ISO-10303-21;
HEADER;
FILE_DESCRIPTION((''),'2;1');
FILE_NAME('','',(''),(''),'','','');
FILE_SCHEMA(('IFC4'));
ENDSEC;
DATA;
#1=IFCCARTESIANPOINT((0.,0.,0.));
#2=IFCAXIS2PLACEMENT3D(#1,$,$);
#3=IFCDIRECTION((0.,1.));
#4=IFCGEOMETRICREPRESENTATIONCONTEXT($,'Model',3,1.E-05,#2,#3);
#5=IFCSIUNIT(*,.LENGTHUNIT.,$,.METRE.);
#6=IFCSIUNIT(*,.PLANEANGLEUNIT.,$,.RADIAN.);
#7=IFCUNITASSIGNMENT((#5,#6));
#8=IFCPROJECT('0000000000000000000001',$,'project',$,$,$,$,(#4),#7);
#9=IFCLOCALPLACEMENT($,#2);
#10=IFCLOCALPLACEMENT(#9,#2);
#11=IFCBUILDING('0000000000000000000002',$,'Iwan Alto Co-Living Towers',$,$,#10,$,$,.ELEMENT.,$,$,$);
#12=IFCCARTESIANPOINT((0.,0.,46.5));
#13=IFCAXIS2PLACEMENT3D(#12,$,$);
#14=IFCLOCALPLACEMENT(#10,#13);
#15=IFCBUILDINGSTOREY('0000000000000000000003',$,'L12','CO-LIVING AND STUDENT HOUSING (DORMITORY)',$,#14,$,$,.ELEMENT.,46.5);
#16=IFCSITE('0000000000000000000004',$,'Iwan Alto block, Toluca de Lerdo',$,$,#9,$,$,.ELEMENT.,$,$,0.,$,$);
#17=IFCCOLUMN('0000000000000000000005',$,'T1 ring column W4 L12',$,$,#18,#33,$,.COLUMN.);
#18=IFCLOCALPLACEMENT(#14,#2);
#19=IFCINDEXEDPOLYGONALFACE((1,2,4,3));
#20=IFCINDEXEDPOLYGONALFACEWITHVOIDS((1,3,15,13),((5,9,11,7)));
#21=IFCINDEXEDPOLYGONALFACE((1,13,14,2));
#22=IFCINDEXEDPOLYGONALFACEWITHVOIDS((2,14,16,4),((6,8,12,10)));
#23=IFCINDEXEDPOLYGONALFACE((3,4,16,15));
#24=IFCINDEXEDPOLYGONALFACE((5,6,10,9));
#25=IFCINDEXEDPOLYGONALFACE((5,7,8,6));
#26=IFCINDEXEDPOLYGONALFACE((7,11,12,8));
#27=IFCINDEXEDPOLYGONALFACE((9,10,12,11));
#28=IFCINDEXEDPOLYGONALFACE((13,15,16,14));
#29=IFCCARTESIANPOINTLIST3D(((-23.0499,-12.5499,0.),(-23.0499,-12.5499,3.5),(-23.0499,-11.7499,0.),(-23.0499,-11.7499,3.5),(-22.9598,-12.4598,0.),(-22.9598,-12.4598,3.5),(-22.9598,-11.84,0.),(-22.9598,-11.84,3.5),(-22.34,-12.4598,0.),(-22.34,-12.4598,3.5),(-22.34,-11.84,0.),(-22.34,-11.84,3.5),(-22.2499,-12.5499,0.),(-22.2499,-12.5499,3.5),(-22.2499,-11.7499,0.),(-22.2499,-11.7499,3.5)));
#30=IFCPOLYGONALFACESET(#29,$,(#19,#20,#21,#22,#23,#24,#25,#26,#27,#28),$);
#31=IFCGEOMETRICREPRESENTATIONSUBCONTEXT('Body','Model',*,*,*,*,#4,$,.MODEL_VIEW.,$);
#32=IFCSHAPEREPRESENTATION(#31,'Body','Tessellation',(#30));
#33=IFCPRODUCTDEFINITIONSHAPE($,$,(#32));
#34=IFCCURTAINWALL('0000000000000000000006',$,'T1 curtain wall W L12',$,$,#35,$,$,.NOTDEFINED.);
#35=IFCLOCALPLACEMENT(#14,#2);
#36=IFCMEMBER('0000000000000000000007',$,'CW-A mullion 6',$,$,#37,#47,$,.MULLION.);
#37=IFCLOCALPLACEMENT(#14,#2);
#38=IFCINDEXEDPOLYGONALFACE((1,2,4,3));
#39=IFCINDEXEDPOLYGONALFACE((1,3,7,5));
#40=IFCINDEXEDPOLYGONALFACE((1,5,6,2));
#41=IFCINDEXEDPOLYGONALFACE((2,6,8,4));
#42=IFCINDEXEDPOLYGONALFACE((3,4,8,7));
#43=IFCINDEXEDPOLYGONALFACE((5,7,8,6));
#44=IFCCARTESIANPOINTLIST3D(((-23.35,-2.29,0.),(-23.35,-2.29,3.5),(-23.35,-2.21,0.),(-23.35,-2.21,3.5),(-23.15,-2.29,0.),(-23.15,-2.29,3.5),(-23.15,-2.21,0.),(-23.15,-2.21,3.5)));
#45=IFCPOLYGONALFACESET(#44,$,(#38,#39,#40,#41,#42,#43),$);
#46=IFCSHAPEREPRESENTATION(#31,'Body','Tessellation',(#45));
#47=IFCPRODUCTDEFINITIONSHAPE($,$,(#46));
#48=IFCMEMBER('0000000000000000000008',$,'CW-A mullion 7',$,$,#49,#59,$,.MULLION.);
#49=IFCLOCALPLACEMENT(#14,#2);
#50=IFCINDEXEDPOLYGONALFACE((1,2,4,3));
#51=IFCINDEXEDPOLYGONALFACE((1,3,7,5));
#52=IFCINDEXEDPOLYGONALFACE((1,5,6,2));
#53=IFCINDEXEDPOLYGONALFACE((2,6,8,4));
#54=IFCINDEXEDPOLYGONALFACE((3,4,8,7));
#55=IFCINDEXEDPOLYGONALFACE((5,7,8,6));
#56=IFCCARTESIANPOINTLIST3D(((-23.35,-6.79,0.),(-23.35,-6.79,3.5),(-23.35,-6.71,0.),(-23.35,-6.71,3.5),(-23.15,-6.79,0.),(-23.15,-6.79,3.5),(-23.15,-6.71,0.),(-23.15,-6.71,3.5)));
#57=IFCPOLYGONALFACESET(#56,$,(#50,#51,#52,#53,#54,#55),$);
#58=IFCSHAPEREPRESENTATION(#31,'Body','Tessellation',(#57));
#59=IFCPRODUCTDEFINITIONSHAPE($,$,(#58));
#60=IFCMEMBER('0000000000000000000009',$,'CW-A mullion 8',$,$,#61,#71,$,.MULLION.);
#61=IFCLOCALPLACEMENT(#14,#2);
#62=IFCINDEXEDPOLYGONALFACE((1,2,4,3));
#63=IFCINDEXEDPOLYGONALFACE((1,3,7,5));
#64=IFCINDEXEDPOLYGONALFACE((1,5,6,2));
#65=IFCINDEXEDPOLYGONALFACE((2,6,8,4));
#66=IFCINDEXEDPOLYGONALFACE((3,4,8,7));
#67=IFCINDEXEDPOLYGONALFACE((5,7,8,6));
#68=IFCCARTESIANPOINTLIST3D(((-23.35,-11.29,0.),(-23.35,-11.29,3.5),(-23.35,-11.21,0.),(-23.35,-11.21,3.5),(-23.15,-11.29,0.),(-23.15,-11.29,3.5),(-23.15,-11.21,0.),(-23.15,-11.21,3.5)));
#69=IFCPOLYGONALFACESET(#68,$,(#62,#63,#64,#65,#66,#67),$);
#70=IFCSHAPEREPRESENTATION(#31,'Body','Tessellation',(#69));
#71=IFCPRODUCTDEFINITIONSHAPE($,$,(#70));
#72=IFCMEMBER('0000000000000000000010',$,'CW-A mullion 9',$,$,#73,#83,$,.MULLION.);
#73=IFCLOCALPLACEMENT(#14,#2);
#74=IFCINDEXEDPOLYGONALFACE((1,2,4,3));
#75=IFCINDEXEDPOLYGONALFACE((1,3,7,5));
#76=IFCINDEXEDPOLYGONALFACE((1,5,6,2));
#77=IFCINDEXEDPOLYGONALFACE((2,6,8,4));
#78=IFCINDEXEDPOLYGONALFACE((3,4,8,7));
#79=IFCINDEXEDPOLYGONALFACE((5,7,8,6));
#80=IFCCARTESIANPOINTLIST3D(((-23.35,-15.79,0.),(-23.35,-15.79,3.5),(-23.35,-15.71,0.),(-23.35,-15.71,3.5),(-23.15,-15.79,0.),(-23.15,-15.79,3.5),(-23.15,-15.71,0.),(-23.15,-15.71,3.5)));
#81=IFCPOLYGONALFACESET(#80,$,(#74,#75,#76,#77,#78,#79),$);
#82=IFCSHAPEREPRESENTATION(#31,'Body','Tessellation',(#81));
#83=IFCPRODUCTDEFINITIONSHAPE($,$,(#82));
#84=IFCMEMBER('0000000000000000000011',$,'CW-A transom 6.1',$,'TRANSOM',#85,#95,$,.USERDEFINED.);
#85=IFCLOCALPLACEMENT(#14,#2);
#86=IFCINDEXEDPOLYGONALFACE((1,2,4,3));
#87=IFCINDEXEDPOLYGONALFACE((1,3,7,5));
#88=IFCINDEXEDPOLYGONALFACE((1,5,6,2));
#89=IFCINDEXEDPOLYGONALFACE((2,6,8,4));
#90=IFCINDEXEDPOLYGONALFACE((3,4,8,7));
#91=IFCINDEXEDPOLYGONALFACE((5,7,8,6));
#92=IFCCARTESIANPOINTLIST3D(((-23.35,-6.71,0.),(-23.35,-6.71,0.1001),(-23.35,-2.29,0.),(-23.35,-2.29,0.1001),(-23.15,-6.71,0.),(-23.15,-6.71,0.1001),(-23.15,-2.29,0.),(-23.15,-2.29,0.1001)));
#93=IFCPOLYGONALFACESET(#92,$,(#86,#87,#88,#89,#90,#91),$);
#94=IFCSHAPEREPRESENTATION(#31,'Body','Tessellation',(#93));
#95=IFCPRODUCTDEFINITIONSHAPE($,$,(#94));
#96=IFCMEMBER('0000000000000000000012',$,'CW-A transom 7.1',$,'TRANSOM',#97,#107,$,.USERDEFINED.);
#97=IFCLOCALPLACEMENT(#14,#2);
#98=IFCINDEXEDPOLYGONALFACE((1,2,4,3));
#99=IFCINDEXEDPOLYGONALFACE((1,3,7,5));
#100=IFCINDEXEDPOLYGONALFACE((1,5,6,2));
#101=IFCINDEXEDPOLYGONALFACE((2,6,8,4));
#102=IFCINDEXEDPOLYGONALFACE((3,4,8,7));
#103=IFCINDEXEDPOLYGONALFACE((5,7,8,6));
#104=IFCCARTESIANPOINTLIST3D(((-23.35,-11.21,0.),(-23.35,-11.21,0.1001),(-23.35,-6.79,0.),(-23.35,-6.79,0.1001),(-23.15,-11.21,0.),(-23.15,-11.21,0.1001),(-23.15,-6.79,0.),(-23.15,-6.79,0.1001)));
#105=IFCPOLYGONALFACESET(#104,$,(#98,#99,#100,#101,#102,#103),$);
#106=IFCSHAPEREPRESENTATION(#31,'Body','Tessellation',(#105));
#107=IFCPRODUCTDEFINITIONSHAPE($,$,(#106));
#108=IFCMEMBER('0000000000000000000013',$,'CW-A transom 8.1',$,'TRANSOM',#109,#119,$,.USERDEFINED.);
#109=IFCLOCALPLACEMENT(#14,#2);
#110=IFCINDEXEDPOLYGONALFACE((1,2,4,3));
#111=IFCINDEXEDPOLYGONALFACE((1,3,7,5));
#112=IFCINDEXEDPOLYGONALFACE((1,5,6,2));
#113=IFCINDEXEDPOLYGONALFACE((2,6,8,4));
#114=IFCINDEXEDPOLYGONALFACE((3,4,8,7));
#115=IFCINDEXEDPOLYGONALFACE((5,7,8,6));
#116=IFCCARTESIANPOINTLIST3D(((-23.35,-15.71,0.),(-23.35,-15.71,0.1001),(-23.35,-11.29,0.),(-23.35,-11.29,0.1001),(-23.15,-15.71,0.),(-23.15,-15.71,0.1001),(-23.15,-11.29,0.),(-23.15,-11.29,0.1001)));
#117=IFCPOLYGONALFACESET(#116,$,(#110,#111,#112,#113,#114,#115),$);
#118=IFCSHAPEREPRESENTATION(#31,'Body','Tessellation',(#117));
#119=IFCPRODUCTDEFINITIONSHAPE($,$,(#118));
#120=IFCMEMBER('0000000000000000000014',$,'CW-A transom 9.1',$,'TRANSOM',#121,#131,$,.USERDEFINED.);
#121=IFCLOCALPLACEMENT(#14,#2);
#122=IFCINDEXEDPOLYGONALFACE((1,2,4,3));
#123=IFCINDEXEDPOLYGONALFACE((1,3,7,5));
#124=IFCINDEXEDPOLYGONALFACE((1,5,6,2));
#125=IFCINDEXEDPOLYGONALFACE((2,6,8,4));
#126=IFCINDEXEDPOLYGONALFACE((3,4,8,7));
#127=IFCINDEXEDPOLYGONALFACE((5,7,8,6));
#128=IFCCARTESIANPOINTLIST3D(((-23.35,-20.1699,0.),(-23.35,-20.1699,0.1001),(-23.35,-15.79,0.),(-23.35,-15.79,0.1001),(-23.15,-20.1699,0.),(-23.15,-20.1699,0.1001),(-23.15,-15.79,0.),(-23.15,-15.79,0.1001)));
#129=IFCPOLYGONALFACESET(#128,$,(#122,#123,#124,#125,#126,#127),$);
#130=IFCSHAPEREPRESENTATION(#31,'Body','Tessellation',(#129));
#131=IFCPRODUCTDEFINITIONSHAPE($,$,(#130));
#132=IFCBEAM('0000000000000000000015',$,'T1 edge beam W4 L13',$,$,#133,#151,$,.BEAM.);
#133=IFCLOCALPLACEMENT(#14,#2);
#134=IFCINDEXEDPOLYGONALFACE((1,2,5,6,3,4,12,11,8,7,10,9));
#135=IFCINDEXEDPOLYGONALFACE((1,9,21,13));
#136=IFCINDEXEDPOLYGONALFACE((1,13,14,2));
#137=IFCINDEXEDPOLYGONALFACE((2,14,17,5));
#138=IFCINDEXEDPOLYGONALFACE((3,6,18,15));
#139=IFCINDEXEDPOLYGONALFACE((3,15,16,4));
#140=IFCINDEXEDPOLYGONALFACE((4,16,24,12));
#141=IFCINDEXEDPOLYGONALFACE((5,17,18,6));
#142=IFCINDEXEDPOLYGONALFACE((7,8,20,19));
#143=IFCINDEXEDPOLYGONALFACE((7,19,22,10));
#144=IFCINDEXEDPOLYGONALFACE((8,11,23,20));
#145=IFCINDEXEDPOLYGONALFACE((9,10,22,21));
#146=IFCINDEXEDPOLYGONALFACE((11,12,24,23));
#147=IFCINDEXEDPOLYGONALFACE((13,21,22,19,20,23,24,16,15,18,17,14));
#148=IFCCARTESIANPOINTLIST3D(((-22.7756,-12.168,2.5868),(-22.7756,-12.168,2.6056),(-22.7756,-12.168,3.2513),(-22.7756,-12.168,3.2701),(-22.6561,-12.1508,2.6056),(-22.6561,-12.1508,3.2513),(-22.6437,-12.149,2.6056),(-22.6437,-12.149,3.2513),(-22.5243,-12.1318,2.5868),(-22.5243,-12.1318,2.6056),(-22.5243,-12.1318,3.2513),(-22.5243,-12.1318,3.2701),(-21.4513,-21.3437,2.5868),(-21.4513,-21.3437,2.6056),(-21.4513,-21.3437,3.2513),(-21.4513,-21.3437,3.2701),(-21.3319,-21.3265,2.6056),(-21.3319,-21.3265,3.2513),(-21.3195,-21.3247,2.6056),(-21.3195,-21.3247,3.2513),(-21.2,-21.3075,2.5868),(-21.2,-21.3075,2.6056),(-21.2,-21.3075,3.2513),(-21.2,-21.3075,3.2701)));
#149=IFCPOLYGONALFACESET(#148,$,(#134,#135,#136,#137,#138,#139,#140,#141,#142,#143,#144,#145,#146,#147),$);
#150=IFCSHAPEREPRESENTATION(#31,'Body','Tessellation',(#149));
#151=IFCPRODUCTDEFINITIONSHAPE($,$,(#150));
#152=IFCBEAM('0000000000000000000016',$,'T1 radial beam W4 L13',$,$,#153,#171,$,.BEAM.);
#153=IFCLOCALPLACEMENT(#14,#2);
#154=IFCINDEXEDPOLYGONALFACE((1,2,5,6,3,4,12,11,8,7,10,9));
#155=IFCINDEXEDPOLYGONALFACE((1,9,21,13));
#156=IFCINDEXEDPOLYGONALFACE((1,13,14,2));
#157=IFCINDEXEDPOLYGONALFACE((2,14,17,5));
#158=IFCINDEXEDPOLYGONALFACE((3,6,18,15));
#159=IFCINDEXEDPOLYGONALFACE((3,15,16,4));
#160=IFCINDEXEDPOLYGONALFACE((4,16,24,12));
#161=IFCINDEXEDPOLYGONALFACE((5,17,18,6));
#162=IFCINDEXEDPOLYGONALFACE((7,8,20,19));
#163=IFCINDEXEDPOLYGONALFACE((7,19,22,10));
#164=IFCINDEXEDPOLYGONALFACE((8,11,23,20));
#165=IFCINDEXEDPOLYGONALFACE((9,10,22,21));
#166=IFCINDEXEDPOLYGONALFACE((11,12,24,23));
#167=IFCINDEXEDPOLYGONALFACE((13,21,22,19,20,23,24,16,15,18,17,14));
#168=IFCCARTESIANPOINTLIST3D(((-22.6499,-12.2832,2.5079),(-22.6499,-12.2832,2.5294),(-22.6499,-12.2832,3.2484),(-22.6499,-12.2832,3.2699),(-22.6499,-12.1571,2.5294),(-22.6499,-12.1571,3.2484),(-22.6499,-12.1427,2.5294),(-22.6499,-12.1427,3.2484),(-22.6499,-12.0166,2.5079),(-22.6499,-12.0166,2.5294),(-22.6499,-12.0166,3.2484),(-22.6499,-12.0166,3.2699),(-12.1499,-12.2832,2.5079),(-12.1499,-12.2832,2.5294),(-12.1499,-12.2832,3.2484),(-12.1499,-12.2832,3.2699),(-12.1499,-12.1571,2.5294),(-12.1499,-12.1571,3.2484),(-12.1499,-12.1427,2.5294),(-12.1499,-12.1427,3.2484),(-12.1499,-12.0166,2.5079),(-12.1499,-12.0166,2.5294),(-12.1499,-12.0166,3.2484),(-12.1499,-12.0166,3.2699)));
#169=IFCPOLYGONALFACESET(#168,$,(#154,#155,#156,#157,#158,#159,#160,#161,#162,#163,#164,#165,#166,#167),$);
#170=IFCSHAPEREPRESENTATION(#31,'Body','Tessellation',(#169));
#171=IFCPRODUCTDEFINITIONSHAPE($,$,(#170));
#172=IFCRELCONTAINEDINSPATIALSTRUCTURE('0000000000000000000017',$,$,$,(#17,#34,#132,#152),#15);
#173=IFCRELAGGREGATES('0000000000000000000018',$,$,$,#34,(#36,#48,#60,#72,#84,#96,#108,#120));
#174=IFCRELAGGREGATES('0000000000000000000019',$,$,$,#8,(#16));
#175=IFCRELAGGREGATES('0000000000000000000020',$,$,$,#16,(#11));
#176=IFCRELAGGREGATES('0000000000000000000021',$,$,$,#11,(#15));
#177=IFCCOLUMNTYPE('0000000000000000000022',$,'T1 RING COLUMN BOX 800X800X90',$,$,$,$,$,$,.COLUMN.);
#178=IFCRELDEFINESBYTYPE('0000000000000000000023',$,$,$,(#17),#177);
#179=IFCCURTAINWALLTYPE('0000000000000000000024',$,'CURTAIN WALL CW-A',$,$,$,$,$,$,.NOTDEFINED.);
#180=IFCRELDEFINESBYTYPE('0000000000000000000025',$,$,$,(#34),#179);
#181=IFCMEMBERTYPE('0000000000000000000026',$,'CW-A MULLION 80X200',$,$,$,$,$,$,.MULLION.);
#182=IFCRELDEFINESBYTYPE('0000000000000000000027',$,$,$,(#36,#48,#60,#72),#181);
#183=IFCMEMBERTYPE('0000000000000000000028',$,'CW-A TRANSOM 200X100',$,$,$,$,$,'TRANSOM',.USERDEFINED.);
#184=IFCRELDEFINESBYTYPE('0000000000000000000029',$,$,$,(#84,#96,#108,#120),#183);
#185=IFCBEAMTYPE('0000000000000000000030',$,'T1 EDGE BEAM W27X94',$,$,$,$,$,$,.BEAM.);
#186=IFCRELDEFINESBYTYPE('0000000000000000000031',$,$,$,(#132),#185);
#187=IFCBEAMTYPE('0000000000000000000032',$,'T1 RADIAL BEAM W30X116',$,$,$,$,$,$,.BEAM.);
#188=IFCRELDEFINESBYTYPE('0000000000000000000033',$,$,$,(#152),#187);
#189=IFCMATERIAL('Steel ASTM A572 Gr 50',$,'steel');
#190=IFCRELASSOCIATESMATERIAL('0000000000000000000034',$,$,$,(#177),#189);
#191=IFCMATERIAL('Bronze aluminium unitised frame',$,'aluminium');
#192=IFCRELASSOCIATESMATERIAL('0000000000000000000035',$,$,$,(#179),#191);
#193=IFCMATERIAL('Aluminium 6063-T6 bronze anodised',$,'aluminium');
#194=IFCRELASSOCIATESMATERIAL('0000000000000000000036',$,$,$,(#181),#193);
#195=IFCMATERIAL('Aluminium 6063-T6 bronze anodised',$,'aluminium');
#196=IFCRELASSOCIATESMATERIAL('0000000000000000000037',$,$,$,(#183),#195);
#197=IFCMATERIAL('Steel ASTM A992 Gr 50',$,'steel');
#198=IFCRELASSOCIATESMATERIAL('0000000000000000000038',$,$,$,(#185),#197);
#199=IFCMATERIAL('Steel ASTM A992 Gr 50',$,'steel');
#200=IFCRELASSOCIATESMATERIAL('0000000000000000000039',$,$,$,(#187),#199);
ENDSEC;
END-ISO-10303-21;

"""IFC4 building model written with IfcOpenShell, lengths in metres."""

from ifc_helpers import new_model, si_unit, direction, frame, origin, origin_2d, place, context, subcontext, project, spatial, rectangle, hollow_rectangle, i_section, extrude, material, material_profile, profile_set, type_object, element, aggregate, save


model = new_model("IFC4")

# Units and contexts
model_context = context("Model", 3, precision=1e-05, world=origin(), true_north=direction((0.0, 1.0)))
body_context = subcontext(model_context, "Body", "Model", "MODEL_VIEW")
ifc_project = project(units=[si_unit("LENGTHUNIT", "METRE"), si_unit("PLANEANGLEUNIT", "RADIAN")], contexts=[model_context])

# Site, building, storey
site_placement = place(None, origin())
site = spatial("IfcSite", under=ifc_project, at=site_placement, Name="Iwan Alto block, Toluca de Lerdo", CompositionType="ELEMENT", RefElevation=0.0)
building_placement = place(site_placement, origin())
building = spatial("IfcBuilding", under=site, at=building_placement, Name="Iwan Alto Co-Living Towers", CompositionType="ELEMENT")
storey_placement = place(building_placement, frame((0.0, 0.0, 46.5)))
storey = spatial("IfcBuildingStorey", under=building, at=storey_placement, Name="L12", Description="CO-LIVING AND STUDENT HOUSING (DORMITORY)", CompositionType="ELEMENT", Elevation=46.5)

# Column
ifc_material_1 = material(Name="Steel ASTM A572 Gr 50", Category="steel")
ifc_material_profile_1 = material_profile(ifc_material_1, hollow_rectangle(XDim=0.8, YDim=0.8, WallThickness=0.0901, at=origin_2d()), Name="BOX 800X800X90")
ifc_profile_set_1 = profile_set([ifc_material_profile_1], Name="Steel ASTM A572 Gr 50")
column_type = type_object("IfcColumnType", Name="T1 RING COLUMN BOX 800X800X90", PredefinedType="COLUMN", material=ifc_profile_set_1)
column_placement = place(storey_placement, frame((-22.6499, -12.1499, 0.0), z_axis=(0.0, 0.0, 1.0), x_axis=(1.0, 0.0, 0.0)))
element("IfcColumn", 1, at=column_placement, inside=storey, type_object=column_type, Name="T1 ring column W4 L12", PredefinedType="COLUMN", context=body_context, shape_type="SweptSolid", body=[
    extrude(hollow_rectangle(XDim=0.8, YDim=0.8, WallThickness=0.0901, at=origin_2d()), origin(), (0.0, 0.0, 1.0), 3.5),
])

# Curtain wall, members
ifc_material_2 = material(Name="Bronze aluminium unitised frame", Category="aluminium")
curtain_wall_type = type_object("IfcCurtainWallType", Name="CURTAIN WALL CW-A", PredefinedType="NOTDEFINED", material=ifc_material_2)
curtain_wall_placement = place(storey_placement, origin())
curtain_wall = element("IfcCurtainWall", 2, at=curtain_wall_placement, inside=storey, type_object=curtain_wall_type, Name="T1 curtain wall W L12", PredefinedType="NOTDEFINED")
ifc_material_3 = material(Name="Aluminium 6063-T6 bronze anodised", Category="aluminium")
ifc_material_profile_2 = material_profile(ifc_material_3, rectangle(XDim=0.2, YDim=0.0801, at=origin_2d()), Name="AL 80X200")
ifc_profile_set_2 = profile_set([ifc_material_profile_2], Name="Aluminium 6063-T6 bronze anodised")
member_type_1 = type_object("IfcMemberType", Name="CW-A MULLION 80X200", PredefinedType="MULLION", material=ifc_profile_set_2)
member_1_placement = place(storey_placement, frame((-23.25, -2.25, 0.0), z_axis=(0.0, 0.0, 1.0), x_axis=(1.0, 0.0, 0.0)))
member_1 = element("IfcMember", 3, at=member_1_placement, type_object=member_type_1, Name="CW-A mullion 6", PredefinedType="MULLION", context=body_context, shape_type="SweptSolid", body=[
    extrude(rectangle(XDim=0.2, YDim=0.0801, at=origin_2d()), origin(), (0.0, 0.0, 1.0), 3.5),
])
member_2_placement = place(storey_placement, frame((-23.25, -6.75, 0.0), z_axis=(0.0, 0.0, 1.0), x_axis=(1.0, 0.0, 0.0)))
member_2 = element("IfcMember", 4, at=member_2_placement, type_object=member_type_1, Name="CW-A mullion 7", PredefinedType="MULLION", context=body_context, shape_type="SweptSolid", body=[
    extrude(rectangle(XDim=0.2, YDim=0.0801, at=origin_2d()), origin(), (0.0, 0.0, 1.0), 3.5),
])
member_3_placement = place(storey_placement, frame((-23.25, -11.25, 0.0), z_axis=(0.0, 0.0, 1.0), x_axis=(1.0, 0.0, 0.0)))
member_3 = element("IfcMember", 5, at=member_3_placement, type_object=member_type_1, Name="CW-A mullion 8", PredefinedType="MULLION", context=body_context, shape_type="SweptSolid", body=[
    extrude(rectangle(XDim=0.2, YDim=0.0801, at=origin_2d()), origin(), (0.0, 0.0, 1.0), 3.5),
])
member_4_placement = place(storey_placement, frame((-23.25, -15.75, 0.0), z_axis=(0.0, 0.0, 1.0), x_axis=(1.0, 0.0, 0.0)))
member_4 = element("IfcMember", 6, at=member_4_placement, type_object=member_type_1, Name="CW-A mullion 9", PredefinedType="MULLION", context=body_context, shape_type="SweptSolid", body=[
    extrude(rectangle(XDim=0.2, YDim=0.0801, at=origin_2d()), origin(), (0.0, 0.0, 1.0), 3.5),
])
ifc_material_4 = material(Name="Aluminium 6063-T6 bronze anodised", Category="aluminium")
ifc_material_profile_3 = material_profile(ifc_material_4, rectangle(XDim=0.2, YDim=0.1001, at=origin_2d()), Name="AL 200X100")
ifc_profile_set_3 = profile_set([ifc_material_profile_3], Name="Aluminium 6063-T6 bronze anodised")
member_type_2 = type_object("IfcMemberType", Name="CW-A TRANSOM 200X100", ElementType="TRANSOM", PredefinedType="USERDEFINED", material=ifc_profile_set_3)
member_5_placement = place(storey_placement, frame((-23.25, -2.29, 0.05), z_axis=(0.0, -1.0, 0.0), x_axis=(1.0, 0.0, 0.0)))
member_5 = element("IfcMember", 7, at=member_5_placement, type_object=member_type_2, Name="CW-A transom 6.1", ObjectType="TRANSOM", PredefinedType="USERDEFINED", context=body_context, shape_type="SweptSolid", body=[
    extrude(rectangle(XDim=0.2, YDim=0.1001, at=origin_2d()), origin(), (0.0, 0.0, 1.0), 4.4199),
])
member_6_placement = place(storey_placement, frame((-23.25, -6.79, 0.05), z_axis=(0.0, -1.0, 0.0), x_axis=(1.0, 0.0, 0.0)))
member_6 = element("IfcMember", 8, at=member_6_placement, type_object=member_type_2, Name="CW-A transom 7.1", ObjectType="TRANSOM", PredefinedType="USERDEFINED", context=body_context, shape_type="SweptSolid", body=[
    extrude(rectangle(XDim=0.2, YDim=0.1001, at=origin_2d()), origin(), (0.0, 0.0, 1.0), 4.4199),
])
member_7_placement = place(storey_placement, frame((-23.25, -11.29, 0.05), z_axis=(0.0, -1.0, 0.0), x_axis=(1.0, 0.0, 0.0)))
member_7 = element("IfcMember", 9, at=member_7_placement, type_object=member_type_2, Name="CW-A transom 8.1", ObjectType="TRANSOM", PredefinedType="USERDEFINED", context=body_context, shape_type="SweptSolid", body=[
    extrude(rectangle(XDim=0.2, YDim=0.1001, at=origin_2d()), origin(), (0.0, 0.0, 1.0), 4.4199),
])
member_8_placement = place(storey_placement, frame((-23.25, -15.79, 0.05), z_axis=(0.0, -1.0, 0.0), x_axis=(1.0, 0.0, 0.0)))
member_8 = element("IfcMember", 10, at=member_8_placement, type_object=member_type_2, Name="CW-A transom 9.1", ObjectType="TRANSOM", PredefinedType="USERDEFINED", context=body_context, shape_type="SweptSolid", body=[
    extrude(rectangle(XDim=0.2, YDim=0.1001, at=origin_2d()), origin(), (0.0, 0.0, 1.0), 4.3799),
])

# Beams
ifc_material_5 = material(Name="Steel ASTM A992 Gr 50", Category="steel")
ifc_material_profile_4 = material_profile(ifc_material_5, i_section(OverallWidth=0.2539, OverallDepth=0.6833, WebThickness=0.0125, FlangeThickness=0.0188, at=origin_2d()), Name="W27X94")
ifc_profile_set_4 = profile_set([ifc_material_profile_4], Name="Steel ASTM A992 Gr 50")
beam_type_1 = type_object("IfcBeamType", Name="T1 EDGE BEAM W27X94", PredefinedType="BEAM", material=ifc_profile_set_4)
beam_1_placement = place(storey_placement, frame((-22.6499, -12.1499, 2.9285), z_axis=(0.142837, -0.989746, 0.0), x_axis=(0.989746, 0.142837, 0.0)))
element("IfcBeam", 11, at=beam_1_placement, inside=storey, type_object=beam_type_1, Name="T1 edge beam W4 L13", PredefinedType="BEAM", context=body_context, shape_type="SweptSolid", body=[
    extrude(i_section(OverallWidth=0.2539, OverallDepth=0.6833, WebThickness=0.0125, FlangeThickness=0.0188, at=origin_2d()), origin(), (0.0, 0.0, 1.0), 9.2708),
])
ifc_material_6 = material(Name="Steel ASTM A992 Gr 50", Category="steel")
ifc_material_profile_5 = material_profile(ifc_material_6, i_section(OverallWidth=0.2666, OverallDepth=0.762, WebThickness=0.0144, FlangeThickness=0.0215, at=origin_2d()), Name="W30X116")
ifc_profile_set_5 = profile_set([ifc_material_profile_5], Name="Steel ASTM A992 Gr 50")
beam_type_2 = type_object("IfcBeamType", Name="T1 RADIAL BEAM W30X116", PredefinedType="BEAM", material=ifc_profile_set_5)
beam_2_placement = place(storey_placement, frame((-22.6499, -12.1499, 2.8889), z_axis=(1.0, 0.0, 0.0), x_axis=(0.0, 1.0, 0.0)))
element("IfcBeam", 12, at=beam_2_placement, inside=storey, type_object=beam_type_2, Name="T1 radial beam W4 L13", PredefinedType="BEAM", context=body_context, shape_type="SweptSolid", body=[
    extrude(i_section(OverallWidth=0.2666, OverallDepth=0.762, WebThickness=0.0144, FlangeThickness=0.0215, at=origin_2d()), origin(), (0.0, 0.0, 1.0), 10.5),
])

aggregate(curtain_wall, [member_1, member_2, member_3, member_4, member_5, member_6, member_7, member_8])

save(model, "model.ifc")
